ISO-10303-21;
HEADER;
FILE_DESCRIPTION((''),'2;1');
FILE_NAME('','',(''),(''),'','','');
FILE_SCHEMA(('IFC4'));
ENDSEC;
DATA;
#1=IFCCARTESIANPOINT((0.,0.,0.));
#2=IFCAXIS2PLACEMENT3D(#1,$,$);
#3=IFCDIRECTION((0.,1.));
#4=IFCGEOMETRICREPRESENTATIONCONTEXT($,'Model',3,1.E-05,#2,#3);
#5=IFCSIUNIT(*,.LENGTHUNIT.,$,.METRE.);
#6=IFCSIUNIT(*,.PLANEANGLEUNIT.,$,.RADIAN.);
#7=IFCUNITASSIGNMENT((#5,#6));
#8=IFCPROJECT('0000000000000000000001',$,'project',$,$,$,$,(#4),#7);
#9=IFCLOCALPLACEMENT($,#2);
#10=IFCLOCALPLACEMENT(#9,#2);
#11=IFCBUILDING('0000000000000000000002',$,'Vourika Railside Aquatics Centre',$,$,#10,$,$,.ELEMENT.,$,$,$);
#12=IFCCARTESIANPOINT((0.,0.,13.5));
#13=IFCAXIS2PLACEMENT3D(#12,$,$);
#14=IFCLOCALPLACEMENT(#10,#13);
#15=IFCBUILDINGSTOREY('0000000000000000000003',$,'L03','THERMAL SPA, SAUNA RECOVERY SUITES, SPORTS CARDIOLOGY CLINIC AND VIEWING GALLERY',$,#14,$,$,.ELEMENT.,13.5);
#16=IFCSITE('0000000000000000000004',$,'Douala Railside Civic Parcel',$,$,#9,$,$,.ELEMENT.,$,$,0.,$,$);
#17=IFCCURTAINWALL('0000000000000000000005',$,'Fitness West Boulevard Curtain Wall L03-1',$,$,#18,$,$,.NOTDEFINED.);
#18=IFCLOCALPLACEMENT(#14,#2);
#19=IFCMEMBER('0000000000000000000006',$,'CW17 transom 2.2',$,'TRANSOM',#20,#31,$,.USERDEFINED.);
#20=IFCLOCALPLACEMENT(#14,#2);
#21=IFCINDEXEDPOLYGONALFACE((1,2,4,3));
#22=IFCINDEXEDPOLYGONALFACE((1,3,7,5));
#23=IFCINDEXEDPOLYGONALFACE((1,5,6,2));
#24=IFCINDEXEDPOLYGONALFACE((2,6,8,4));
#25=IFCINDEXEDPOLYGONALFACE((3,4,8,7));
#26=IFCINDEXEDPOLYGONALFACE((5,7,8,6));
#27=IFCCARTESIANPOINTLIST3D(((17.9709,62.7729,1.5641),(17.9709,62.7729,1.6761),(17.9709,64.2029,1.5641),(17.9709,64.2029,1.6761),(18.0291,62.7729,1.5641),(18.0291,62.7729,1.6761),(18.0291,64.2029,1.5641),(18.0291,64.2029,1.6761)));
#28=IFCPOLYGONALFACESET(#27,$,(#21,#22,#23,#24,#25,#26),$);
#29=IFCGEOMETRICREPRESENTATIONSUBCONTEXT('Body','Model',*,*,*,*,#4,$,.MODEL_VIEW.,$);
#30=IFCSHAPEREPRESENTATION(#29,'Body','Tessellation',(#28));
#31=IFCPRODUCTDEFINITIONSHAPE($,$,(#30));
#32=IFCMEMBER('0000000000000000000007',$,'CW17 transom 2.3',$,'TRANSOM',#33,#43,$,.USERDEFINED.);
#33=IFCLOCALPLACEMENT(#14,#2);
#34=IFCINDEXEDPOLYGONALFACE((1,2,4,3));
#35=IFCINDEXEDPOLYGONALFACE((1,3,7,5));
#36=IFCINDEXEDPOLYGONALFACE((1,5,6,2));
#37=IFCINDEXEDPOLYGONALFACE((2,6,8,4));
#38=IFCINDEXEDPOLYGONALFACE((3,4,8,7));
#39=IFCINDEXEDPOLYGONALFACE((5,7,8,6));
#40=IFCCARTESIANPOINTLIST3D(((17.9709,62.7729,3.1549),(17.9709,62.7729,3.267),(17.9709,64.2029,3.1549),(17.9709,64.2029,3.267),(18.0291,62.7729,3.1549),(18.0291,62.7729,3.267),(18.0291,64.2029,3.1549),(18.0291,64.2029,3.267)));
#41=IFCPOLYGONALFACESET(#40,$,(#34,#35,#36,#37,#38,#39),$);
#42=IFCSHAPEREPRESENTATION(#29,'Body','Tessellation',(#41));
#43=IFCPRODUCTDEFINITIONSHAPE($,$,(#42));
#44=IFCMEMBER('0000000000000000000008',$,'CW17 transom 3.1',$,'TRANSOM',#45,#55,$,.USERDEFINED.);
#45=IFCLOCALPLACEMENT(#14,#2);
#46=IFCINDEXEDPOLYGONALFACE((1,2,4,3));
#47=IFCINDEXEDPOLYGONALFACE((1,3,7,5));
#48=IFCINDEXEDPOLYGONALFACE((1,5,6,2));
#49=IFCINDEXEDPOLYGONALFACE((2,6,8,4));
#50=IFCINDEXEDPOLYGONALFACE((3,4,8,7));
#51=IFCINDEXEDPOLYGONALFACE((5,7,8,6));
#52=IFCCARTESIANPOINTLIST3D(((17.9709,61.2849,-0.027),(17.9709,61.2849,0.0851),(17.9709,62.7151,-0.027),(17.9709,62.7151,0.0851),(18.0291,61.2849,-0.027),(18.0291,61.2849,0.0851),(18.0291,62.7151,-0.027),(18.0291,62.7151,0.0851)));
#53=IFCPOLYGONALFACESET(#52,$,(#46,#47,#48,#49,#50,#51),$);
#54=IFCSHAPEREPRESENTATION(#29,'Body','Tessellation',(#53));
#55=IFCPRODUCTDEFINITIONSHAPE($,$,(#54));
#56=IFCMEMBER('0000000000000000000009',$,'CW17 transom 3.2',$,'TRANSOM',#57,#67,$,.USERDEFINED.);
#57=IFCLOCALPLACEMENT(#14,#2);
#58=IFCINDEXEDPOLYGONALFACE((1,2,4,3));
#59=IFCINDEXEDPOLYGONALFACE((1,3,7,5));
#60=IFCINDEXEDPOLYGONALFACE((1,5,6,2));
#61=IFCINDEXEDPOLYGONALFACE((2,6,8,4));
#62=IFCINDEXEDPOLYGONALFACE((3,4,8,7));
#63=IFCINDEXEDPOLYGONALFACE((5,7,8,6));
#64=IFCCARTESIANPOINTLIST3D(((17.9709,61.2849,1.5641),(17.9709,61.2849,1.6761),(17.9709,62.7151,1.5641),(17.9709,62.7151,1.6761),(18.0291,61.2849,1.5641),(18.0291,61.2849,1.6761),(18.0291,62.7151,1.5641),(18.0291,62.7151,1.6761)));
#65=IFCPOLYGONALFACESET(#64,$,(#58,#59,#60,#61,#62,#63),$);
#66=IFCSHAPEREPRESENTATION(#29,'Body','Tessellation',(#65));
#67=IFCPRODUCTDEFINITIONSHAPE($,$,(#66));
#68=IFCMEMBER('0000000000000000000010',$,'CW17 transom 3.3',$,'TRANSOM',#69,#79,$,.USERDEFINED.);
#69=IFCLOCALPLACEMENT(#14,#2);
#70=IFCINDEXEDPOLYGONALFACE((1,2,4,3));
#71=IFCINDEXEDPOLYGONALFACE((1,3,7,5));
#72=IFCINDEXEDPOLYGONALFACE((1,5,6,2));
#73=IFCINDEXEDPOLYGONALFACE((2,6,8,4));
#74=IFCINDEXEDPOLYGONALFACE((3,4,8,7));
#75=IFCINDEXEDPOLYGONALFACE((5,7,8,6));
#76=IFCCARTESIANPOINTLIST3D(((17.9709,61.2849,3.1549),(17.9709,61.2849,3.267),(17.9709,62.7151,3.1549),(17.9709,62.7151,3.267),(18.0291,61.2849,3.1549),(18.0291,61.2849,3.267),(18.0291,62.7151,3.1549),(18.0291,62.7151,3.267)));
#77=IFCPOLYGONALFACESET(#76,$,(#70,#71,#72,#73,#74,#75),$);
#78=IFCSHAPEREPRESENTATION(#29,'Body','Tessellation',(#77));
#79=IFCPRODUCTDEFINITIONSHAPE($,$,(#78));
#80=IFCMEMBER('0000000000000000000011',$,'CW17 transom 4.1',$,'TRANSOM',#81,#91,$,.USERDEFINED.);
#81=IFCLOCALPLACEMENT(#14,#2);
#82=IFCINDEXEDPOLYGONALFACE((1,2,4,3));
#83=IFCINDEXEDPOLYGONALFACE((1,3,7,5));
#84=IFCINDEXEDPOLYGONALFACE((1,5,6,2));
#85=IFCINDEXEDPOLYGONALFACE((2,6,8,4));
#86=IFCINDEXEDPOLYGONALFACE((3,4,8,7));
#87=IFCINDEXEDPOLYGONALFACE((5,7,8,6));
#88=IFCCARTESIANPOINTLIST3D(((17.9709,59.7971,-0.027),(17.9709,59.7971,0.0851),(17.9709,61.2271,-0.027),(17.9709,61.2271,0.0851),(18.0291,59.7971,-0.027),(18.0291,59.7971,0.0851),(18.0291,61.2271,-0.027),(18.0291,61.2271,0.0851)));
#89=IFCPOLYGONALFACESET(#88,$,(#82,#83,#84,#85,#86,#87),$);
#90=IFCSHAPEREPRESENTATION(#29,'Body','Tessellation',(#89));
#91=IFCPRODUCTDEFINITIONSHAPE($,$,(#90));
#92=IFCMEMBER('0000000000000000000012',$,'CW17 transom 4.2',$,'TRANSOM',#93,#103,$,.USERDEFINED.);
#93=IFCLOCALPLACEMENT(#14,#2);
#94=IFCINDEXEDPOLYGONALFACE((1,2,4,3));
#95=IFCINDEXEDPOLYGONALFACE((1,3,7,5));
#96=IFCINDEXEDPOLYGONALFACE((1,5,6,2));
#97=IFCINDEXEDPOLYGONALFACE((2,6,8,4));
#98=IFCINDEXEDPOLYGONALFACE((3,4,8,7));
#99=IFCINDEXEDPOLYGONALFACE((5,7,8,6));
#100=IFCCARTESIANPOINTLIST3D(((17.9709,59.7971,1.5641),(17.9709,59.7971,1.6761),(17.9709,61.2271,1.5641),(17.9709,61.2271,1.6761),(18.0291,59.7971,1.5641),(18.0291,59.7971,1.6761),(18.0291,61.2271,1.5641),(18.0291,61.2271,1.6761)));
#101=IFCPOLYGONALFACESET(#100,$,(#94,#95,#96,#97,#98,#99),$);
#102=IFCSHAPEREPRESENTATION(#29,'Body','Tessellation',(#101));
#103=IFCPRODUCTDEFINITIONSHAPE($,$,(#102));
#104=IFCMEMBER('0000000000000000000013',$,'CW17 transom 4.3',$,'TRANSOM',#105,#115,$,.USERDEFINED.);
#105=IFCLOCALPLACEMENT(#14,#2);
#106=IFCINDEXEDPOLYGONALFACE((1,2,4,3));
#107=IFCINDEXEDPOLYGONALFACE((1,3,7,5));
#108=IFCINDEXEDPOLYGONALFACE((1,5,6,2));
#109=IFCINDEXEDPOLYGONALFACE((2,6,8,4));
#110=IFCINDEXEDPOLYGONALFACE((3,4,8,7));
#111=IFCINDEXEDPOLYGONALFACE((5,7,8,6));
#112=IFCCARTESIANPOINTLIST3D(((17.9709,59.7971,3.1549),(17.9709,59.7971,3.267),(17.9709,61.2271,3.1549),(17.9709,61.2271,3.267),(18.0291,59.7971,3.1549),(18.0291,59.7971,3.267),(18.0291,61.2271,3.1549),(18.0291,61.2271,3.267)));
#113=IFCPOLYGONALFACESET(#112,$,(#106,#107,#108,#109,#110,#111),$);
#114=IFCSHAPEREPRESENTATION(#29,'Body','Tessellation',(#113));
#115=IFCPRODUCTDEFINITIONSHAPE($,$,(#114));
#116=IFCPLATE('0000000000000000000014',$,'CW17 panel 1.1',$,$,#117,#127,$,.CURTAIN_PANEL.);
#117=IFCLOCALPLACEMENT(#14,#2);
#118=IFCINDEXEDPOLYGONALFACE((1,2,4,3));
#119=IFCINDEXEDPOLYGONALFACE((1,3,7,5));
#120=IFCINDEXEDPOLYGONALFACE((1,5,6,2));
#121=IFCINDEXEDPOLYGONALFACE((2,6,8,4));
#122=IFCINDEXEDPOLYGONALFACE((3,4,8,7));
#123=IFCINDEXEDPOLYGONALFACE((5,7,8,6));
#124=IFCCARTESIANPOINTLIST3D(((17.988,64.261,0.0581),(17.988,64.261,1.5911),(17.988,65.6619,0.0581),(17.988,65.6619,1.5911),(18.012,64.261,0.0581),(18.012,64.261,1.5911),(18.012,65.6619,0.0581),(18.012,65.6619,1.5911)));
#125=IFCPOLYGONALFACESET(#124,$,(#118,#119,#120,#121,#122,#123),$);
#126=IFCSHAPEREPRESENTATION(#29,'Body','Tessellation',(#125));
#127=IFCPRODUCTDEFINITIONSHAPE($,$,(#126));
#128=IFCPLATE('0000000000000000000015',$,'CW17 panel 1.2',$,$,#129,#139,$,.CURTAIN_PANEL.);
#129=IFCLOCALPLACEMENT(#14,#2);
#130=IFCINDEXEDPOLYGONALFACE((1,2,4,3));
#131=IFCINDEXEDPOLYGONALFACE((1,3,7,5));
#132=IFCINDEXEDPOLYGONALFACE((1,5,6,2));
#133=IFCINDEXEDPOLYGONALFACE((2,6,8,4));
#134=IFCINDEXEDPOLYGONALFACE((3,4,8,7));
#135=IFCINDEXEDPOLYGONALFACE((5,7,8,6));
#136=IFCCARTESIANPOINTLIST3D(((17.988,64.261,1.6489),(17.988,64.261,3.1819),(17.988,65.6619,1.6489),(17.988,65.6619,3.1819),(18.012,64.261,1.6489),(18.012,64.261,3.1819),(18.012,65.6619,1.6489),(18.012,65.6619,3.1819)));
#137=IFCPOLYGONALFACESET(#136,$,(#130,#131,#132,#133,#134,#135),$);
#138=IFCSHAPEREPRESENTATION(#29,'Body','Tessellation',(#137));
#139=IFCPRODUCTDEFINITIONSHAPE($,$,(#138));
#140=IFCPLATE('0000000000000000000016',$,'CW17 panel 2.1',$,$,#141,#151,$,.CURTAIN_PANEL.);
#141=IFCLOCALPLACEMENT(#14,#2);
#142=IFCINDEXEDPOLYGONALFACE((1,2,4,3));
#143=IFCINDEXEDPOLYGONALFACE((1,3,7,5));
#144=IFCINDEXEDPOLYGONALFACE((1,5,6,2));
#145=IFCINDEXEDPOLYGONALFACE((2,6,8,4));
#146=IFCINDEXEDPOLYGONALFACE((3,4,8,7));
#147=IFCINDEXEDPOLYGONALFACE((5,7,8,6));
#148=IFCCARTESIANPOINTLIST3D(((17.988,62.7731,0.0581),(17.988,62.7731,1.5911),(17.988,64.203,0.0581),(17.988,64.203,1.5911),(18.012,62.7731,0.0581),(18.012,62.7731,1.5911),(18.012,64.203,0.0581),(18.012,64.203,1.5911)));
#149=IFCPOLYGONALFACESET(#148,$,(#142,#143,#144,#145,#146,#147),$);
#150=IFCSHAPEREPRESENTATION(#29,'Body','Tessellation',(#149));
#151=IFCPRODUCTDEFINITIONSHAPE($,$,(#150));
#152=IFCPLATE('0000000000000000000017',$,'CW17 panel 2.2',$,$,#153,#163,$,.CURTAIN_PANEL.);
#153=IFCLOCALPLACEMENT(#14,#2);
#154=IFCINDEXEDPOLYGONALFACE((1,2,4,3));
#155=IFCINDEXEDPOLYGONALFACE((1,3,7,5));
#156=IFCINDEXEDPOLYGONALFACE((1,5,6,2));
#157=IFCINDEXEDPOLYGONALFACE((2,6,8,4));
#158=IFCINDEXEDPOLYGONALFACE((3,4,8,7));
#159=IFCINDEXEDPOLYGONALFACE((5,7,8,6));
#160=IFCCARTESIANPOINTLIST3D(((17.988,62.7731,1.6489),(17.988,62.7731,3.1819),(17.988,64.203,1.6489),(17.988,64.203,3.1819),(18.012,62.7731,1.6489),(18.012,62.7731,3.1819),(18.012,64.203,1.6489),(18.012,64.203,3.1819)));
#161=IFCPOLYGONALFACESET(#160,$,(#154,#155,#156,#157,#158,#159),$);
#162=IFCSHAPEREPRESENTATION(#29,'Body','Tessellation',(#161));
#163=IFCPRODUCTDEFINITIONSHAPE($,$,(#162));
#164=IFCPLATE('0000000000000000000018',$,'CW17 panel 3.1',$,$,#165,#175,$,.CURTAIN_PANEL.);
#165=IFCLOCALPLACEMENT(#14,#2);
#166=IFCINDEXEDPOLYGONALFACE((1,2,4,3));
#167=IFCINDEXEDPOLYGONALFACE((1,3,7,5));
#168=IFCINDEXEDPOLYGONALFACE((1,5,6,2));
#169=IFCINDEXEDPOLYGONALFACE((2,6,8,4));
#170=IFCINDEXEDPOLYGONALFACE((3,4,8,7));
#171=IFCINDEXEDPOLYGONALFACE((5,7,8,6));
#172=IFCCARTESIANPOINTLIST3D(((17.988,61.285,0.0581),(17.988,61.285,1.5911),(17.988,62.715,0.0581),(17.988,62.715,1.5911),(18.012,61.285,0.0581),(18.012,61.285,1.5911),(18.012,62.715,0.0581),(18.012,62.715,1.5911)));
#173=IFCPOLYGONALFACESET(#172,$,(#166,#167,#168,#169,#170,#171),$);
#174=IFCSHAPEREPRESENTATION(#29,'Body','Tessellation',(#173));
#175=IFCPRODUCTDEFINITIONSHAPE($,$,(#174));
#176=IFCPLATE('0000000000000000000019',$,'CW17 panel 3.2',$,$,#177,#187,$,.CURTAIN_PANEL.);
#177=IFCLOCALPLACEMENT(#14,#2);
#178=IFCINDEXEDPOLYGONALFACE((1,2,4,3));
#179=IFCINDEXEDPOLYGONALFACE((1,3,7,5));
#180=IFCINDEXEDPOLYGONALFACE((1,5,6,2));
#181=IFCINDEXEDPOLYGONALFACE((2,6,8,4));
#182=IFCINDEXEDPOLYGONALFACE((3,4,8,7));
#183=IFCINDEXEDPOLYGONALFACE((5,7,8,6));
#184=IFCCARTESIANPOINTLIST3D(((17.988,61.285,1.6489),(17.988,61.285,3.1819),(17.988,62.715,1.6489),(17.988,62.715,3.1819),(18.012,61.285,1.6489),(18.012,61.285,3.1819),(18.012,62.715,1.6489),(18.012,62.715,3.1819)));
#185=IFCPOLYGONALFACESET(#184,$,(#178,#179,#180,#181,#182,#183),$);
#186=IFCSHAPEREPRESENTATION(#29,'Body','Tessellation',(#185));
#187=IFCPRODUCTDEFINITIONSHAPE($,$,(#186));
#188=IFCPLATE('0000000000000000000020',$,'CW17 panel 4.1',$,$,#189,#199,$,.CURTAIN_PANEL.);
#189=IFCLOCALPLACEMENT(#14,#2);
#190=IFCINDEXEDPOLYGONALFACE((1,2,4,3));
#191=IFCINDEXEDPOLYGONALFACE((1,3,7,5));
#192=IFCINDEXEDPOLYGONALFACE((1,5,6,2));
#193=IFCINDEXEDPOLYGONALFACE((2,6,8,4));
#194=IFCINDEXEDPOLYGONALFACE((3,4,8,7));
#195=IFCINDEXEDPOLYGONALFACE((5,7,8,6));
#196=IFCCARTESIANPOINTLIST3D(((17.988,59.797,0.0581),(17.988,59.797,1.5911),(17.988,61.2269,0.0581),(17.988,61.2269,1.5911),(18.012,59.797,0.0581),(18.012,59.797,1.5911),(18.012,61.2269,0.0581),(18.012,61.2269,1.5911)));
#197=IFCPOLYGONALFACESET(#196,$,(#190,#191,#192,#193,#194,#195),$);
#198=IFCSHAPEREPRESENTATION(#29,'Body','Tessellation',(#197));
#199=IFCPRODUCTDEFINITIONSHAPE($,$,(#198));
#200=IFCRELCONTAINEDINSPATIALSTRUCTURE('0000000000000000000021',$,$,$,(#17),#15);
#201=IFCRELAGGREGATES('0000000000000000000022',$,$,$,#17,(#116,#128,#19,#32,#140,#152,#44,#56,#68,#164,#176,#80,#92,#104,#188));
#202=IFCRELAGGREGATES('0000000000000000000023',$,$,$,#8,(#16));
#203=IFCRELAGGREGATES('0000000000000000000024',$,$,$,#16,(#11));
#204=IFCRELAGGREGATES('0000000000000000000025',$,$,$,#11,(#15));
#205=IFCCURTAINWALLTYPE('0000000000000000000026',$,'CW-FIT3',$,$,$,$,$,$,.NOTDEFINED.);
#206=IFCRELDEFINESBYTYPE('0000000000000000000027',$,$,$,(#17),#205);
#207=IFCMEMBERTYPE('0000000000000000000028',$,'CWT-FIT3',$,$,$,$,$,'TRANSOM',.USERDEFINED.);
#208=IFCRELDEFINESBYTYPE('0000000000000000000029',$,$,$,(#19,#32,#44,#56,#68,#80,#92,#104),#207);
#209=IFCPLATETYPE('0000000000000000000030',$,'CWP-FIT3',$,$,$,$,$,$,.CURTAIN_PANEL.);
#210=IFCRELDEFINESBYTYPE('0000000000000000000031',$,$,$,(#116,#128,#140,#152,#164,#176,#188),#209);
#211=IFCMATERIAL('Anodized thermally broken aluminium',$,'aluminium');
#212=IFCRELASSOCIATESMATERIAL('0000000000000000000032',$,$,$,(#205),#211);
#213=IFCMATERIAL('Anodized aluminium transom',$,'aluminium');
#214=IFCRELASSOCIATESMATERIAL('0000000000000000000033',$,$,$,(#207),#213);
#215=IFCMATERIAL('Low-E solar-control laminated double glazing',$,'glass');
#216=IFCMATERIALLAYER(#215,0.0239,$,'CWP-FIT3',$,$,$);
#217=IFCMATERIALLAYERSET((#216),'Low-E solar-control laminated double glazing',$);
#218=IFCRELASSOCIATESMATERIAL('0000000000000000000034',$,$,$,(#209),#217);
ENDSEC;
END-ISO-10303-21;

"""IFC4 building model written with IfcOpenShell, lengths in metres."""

from ifc_helpers import new_model, si_unit, direction, frame, origin, origin_2d, place, context, subcontext, project, spatial, rectangle, extrude, material, layer, layer_set, material_profile, profile_set, type_object, element, aggregate, save


model = new_model("IFC4")

# Units and contexts
model_context = context("Model", 3, precision=1e-05, world=origin(), true_north=direction((0.0, 1.0)))
body_context = subcontext(model_context, "Body", "Model", "MODEL_VIEW")
ifc_project = project(units=[si_unit("LENGTHUNIT", "METRE"), si_unit("PLANEANGLEUNIT", "RADIAN")], contexts=[model_context])

# Site, building, storey
site_placement = place(None, origin())
site = spatial("IfcSite", under=ifc_project, at=site_placement, Name="Douala Railside Civic Parcel", CompositionType="ELEMENT", RefElevation=0.0)
building_placement = place(site_placement, origin())
building = spatial("IfcBuilding", under=site, at=building_placement, Name="Vourika Railside Aquatics Centre", CompositionType="ELEMENT")
storey_placement = place(building_placement, frame((0.0, 0.0, 13.5)))
storey = spatial("IfcBuildingStorey", under=building, at=storey_placement, Name="L03", Description="THERMAL SPA, SAUNA RECOVERY SUITES, SPORTS CARDIOLOGY CLINIC AND VIEWING GALLERY", CompositionType="ELEMENT", Elevation=13.5)

# Curtain wall, members, plates
ifc_material_1 = material(Name="Anodized thermally broken aluminium", Category="aluminium")
curtain_wall_type = type_object("IfcCurtainWallType", Name="CW-FIT3", PredefinedType="NOTDEFINED", material=ifc_material_1)
curtain_wall_placement = place(storey_placement, origin())
curtain_wall = element("IfcCurtainWall", 1, at=curtain_wall_placement, inside=storey, type_object=curtain_wall_type, Name="Fitness West Boulevard Curtain Wall L03-1", PredefinedType="NOTDEFINED")
ifc_material_2 = material(Name="Anodized aluminium transom", Category="aluminium")
ifc_material_profile_1 = material_profile(ifc_material_2, rectangle(XDim=0.0581, YDim=0.1121, at=origin_2d()), Name="ALU-T 58x112")
ifc_profile_set_1 = profile_set([ifc_material_profile_1], Name="Anodized aluminium transom")
member_type_1 = type_object("IfcMemberType", Name="CWT-FIT3", ElementType="TRANSOM", PredefinedType="USERDEFINED", material=ifc_profile_set_1)
member_1_placement = place(storey_placement, frame((18.0, 64.2029, 1.6201), z_axis=(0.0, -1.0, 0.0), x_axis=(1.0, 0.0, 0.0)))
member_1 = element("IfcMember", 2, at=member_1_placement, type_object=member_type_1, Name="CW17 transom 2.2", ObjectType="TRANSOM", PredefinedType="USERDEFINED", context=body_context, shape_type="SweptSolid", body=[
    extrude(rectangle(XDim=0.0581, YDim=0.1121, at=origin_2d()), origin(), (0.0, 0.0, 1.0), 1.4299),
])
member_2_placement = place(storey_placement, frame((18.0, 64.2029, 3.2109), z_axis=(0.0, -1.0, 0.0), x_axis=(1.0, 0.0, 0.0)))
member_2 = element("IfcMember", 3, at=member_2_placement, type_object=member_type_1, Name="CW17 transom 2.3", ObjectType="TRANSOM", PredefinedType="USERDEFINED", context=body_context, shape_type="SweptSolid", body=[
    extrude(rectangle(XDim=0.0581, YDim=0.1121, at=origin_2d()), origin(), (0.0, 0.0, 1.0), 1.4299),
])
member_3_placement = place(storey_placement, frame((18.0, 62.7151, 0.0291), z_axis=(0.0, -1.0, 0.0), x_axis=(1.0, 0.0, 0.0)))
member_3 = element("IfcMember", 4, at=member_3_placement, type_object=member_type_1, Name="CW17 transom 3.1", ObjectType="TRANSOM", PredefinedType="USERDEFINED", context=body_context, shape_type="SweptSolid", body=[
    extrude(rectangle(XDim=0.0581, YDim=0.1121, at=origin_2d()), origin(), (0.0, 0.0, 1.0), 1.4302),
])
member_4_placement = place(storey_placement, frame((18.0, 62.7151, 1.6201), z_axis=(0.0, -1.0, 0.0), x_axis=(1.0, 0.0, 0.0)))
member_4 = element("IfcMember", 5, at=member_4_placement, type_object=member_type_1, Name="CW17 transom 3.2", ObjectType="TRANSOM", PredefinedType="USERDEFINED", context=body_context, shape_type="SweptSolid", body=[
    extrude(rectangle(XDim=0.0581, YDim=0.1121, at=origin_2d()), origin(), (0.0, 0.0, 1.0), 1.4302),
])
member_5_placement = place(storey_placement, frame((18.0, 62.7151, 3.2109), z_axis=(0.0, -1.0, 0.0), x_axis=(1.0, 0.0, 0.0)))
member_5 = element("IfcMember", 6, at=member_5_placement, type_object=member_type_1, Name="CW17 transom 3.3", ObjectType="TRANSOM", PredefinedType="USERDEFINED", context=body_context, shape_type="SweptSolid", body=[
    extrude(rectangle(XDim=0.0581, YDim=0.1121, at=origin_2d()), origin(), (0.0, 0.0, 1.0), 1.4302),
])
member_6_placement = place(storey_placement, frame((18.0, 61.2271, 0.0291), z_axis=(0.0, -1.0, 0.0), x_axis=(1.0, 0.0, 0.0)))
member_6 = element("IfcMember", 7, at=member_6_placement, type_object=member_type_1, Name="CW17 transom 4.1", ObjectType="TRANSOM", PredefinedType="USERDEFINED", context=body_context, shape_type="SweptSolid", body=[
    extrude(rectangle(XDim=0.0581, YDim=0.1121, at=origin_2d()), origin(), (0.0, 0.0, 1.0), 1.4299),
])
member_7_placement = place(storey_placement, frame((18.0, 61.2271, 1.6201), z_axis=(0.0, -1.0, 0.0), x_axis=(1.0, 0.0, 0.0)))
member_7 = element("IfcMember", 8, at=member_7_placement, type_object=member_type_1, Name="CW17 transom 4.2", ObjectType="TRANSOM", PredefinedType="USERDEFINED", context=body_context, shape_type="SweptSolid", body=[
    extrude(rectangle(XDim=0.0581, YDim=0.1121, at=origin_2d()), origin(), (0.0, 0.0, 1.0), 1.4299),
])
member_8_placement = place(storey_placement, frame((18.0, 61.2271, 3.2109), z_axis=(0.0, -1.0, 0.0), x_axis=(1.0, 0.0, 0.0)))
member_8 = element("IfcMember", 9, at=member_8_placement, type_object=member_type_1, Name="CW17 transom 4.3", ObjectType="TRANSOM", PredefinedType="USERDEFINED", context=body_context, shape_type="SweptSolid", body=[
    extrude(rectangle(XDim=0.0581, YDim=0.1121, at=origin_2d()), origin(), (0.0, 0.0, 1.0), 1.4299),
])
ifc_material_3 = material(Name="Low-E solar-control laminated double glazing", Category="glass")
ifc_layer_1 = layer(ifc_material_3, 0.0239, Name="CWP-FIT3")
ifc_layer_set_1 = layer_set([ifc_layer_1], Name="Low-E solar-control laminated double glazing")
plate_type = type_object("IfcPlateType", Name="CWP-FIT3", PredefinedType="CURTAIN_PANEL", material=ifc_layer_set_1)
plate_1_placement = place(storey_placement, frame((18.0, 64.9614, 0.0581), z_axis=(0.0, 0.0, 1.0), x_axis=(0.0, -1.0, 0.0)))
plate_1 = element("IfcPlate", 10, at=plate_1_placement, type_object=plate_type, Name="CW17 panel 1.1", PredefinedType="CURTAIN_PANEL", context=body_context, shape_type="SweptSolid", body=[
    extrude(rectangle(XDim=1.4009, YDim=0.0239, at=origin_2d()), origin(), (0.0, 0.0, 1.0), 1.533),
])
plate_2_placement = place(storey_placement, frame((18.0, 64.9614, 1.6489), z_axis=(0.0, 0.0, 1.0), x_axis=(0.0, -1.0, 0.0)))
plate_2 = element("IfcPlate", 11, at=plate_2_placement, type_object=plate_type, Name="CW17 panel 1.2", PredefinedType="CURTAIN_PANEL", context=body_context, shape_type="SweptSolid", body=[
    extrude(rectangle(XDim=1.4009, YDim=0.0239, at=origin_2d()), origin(), (0.0, 0.0, 1.0), 1.533),
])
plate_3_placement = place(storey_placement, frame((18.0, 63.488, 0.0581), z_axis=(0.0, 0.0, 1.0), x_axis=(0.0, -1.0, 0.0)))
plate_3 = element("IfcPlate", 12, at=plate_3_placement, type_object=plate_type, Name="CW17 panel 2.1", PredefinedType="CURTAIN_PANEL", context=body_context, shape_type="SweptSolid", body=[
    extrude(rectangle(XDim=1.4299, YDim=0.0239, at=origin_2d()), origin(), (0.0, 0.0, 1.0), 1.533),
])
plate_4_placement = place(storey_placement, frame((18.0, 63.488, 1.6489), z_axis=(0.0, 0.0, 1.0), x_axis=(0.0, -1.0, 0.0)))
plate_4 = element("IfcPlate", 13, at=plate_4_placement, type_object=plate_type, Name="CW17 panel 2.2", PredefinedType="CURTAIN_PANEL", context=body_context, shape_type="SweptSolid", body=[
    extrude(rectangle(XDim=1.4299, YDim=0.0239, at=origin_2d()), origin(), (0.0, 0.0, 1.0), 1.533),
])
plate_5_placement = place(storey_placement, frame((18.0, 62.0, 0.0581), z_axis=(0.0, 0.0, 1.0), x_axis=(0.0, -1.0, 0.0)))
plate_5 = element("IfcPlate", 14, at=plate_5_placement, type_object=plate_type, Name="CW17 panel 3.1", PredefinedType="CURTAIN_PANEL", context=body_context, shape_type="SweptSolid", body=[
    extrude(rectangle(XDim=1.4299, YDim=0.0239, at=origin_2d()), origin(), (0.0, 0.0, 1.0), 1.533),
])
plate_6_placement = place(storey_placement, frame((18.0, 62.0, 1.6489), z_axis=(0.0, 0.0, 1.0), x_axis=(0.0, -1.0, 0.0)))
plate_6 = element("IfcPlate", 15, at=plate_6_placement, type_object=plate_type, Name="CW17 panel 3.2", PredefinedType="CURTAIN_PANEL", context=body_context, shape_type="SweptSolid", body=[
    extrude(rectangle(XDim=1.4299, YDim=0.0239, at=origin_2d()), origin(), (0.0, 0.0, 1.0), 1.533),
])
plate_7_placement = place(storey_placement, frame((18.0, 60.512, 0.0581), z_axis=(0.0, 0.0, 1.0), x_axis=(0.0, -1.0, 0.0)))
plate_7 = element("IfcPlate", 16, at=plate_7_placement, type_object=plate_type, Name="CW17 panel 4.1", PredefinedType="CURTAIN_PANEL", context=body_context, shape_type="SweptSolid", body=[
    extrude(rectangle(XDim=1.4299, YDim=0.0239, at=origin_2d()), origin(), (0.0, 0.0, 1.0), 1.533),
])
aggregate(curtain_wall, [plate_1, plate_2, member_1, member_2, plate_3, plate_4, member_3, member_4, member_5, plate_5, plate_6, member_6, member_7, member_8, plate_7])

save(model, "model.ifc")
